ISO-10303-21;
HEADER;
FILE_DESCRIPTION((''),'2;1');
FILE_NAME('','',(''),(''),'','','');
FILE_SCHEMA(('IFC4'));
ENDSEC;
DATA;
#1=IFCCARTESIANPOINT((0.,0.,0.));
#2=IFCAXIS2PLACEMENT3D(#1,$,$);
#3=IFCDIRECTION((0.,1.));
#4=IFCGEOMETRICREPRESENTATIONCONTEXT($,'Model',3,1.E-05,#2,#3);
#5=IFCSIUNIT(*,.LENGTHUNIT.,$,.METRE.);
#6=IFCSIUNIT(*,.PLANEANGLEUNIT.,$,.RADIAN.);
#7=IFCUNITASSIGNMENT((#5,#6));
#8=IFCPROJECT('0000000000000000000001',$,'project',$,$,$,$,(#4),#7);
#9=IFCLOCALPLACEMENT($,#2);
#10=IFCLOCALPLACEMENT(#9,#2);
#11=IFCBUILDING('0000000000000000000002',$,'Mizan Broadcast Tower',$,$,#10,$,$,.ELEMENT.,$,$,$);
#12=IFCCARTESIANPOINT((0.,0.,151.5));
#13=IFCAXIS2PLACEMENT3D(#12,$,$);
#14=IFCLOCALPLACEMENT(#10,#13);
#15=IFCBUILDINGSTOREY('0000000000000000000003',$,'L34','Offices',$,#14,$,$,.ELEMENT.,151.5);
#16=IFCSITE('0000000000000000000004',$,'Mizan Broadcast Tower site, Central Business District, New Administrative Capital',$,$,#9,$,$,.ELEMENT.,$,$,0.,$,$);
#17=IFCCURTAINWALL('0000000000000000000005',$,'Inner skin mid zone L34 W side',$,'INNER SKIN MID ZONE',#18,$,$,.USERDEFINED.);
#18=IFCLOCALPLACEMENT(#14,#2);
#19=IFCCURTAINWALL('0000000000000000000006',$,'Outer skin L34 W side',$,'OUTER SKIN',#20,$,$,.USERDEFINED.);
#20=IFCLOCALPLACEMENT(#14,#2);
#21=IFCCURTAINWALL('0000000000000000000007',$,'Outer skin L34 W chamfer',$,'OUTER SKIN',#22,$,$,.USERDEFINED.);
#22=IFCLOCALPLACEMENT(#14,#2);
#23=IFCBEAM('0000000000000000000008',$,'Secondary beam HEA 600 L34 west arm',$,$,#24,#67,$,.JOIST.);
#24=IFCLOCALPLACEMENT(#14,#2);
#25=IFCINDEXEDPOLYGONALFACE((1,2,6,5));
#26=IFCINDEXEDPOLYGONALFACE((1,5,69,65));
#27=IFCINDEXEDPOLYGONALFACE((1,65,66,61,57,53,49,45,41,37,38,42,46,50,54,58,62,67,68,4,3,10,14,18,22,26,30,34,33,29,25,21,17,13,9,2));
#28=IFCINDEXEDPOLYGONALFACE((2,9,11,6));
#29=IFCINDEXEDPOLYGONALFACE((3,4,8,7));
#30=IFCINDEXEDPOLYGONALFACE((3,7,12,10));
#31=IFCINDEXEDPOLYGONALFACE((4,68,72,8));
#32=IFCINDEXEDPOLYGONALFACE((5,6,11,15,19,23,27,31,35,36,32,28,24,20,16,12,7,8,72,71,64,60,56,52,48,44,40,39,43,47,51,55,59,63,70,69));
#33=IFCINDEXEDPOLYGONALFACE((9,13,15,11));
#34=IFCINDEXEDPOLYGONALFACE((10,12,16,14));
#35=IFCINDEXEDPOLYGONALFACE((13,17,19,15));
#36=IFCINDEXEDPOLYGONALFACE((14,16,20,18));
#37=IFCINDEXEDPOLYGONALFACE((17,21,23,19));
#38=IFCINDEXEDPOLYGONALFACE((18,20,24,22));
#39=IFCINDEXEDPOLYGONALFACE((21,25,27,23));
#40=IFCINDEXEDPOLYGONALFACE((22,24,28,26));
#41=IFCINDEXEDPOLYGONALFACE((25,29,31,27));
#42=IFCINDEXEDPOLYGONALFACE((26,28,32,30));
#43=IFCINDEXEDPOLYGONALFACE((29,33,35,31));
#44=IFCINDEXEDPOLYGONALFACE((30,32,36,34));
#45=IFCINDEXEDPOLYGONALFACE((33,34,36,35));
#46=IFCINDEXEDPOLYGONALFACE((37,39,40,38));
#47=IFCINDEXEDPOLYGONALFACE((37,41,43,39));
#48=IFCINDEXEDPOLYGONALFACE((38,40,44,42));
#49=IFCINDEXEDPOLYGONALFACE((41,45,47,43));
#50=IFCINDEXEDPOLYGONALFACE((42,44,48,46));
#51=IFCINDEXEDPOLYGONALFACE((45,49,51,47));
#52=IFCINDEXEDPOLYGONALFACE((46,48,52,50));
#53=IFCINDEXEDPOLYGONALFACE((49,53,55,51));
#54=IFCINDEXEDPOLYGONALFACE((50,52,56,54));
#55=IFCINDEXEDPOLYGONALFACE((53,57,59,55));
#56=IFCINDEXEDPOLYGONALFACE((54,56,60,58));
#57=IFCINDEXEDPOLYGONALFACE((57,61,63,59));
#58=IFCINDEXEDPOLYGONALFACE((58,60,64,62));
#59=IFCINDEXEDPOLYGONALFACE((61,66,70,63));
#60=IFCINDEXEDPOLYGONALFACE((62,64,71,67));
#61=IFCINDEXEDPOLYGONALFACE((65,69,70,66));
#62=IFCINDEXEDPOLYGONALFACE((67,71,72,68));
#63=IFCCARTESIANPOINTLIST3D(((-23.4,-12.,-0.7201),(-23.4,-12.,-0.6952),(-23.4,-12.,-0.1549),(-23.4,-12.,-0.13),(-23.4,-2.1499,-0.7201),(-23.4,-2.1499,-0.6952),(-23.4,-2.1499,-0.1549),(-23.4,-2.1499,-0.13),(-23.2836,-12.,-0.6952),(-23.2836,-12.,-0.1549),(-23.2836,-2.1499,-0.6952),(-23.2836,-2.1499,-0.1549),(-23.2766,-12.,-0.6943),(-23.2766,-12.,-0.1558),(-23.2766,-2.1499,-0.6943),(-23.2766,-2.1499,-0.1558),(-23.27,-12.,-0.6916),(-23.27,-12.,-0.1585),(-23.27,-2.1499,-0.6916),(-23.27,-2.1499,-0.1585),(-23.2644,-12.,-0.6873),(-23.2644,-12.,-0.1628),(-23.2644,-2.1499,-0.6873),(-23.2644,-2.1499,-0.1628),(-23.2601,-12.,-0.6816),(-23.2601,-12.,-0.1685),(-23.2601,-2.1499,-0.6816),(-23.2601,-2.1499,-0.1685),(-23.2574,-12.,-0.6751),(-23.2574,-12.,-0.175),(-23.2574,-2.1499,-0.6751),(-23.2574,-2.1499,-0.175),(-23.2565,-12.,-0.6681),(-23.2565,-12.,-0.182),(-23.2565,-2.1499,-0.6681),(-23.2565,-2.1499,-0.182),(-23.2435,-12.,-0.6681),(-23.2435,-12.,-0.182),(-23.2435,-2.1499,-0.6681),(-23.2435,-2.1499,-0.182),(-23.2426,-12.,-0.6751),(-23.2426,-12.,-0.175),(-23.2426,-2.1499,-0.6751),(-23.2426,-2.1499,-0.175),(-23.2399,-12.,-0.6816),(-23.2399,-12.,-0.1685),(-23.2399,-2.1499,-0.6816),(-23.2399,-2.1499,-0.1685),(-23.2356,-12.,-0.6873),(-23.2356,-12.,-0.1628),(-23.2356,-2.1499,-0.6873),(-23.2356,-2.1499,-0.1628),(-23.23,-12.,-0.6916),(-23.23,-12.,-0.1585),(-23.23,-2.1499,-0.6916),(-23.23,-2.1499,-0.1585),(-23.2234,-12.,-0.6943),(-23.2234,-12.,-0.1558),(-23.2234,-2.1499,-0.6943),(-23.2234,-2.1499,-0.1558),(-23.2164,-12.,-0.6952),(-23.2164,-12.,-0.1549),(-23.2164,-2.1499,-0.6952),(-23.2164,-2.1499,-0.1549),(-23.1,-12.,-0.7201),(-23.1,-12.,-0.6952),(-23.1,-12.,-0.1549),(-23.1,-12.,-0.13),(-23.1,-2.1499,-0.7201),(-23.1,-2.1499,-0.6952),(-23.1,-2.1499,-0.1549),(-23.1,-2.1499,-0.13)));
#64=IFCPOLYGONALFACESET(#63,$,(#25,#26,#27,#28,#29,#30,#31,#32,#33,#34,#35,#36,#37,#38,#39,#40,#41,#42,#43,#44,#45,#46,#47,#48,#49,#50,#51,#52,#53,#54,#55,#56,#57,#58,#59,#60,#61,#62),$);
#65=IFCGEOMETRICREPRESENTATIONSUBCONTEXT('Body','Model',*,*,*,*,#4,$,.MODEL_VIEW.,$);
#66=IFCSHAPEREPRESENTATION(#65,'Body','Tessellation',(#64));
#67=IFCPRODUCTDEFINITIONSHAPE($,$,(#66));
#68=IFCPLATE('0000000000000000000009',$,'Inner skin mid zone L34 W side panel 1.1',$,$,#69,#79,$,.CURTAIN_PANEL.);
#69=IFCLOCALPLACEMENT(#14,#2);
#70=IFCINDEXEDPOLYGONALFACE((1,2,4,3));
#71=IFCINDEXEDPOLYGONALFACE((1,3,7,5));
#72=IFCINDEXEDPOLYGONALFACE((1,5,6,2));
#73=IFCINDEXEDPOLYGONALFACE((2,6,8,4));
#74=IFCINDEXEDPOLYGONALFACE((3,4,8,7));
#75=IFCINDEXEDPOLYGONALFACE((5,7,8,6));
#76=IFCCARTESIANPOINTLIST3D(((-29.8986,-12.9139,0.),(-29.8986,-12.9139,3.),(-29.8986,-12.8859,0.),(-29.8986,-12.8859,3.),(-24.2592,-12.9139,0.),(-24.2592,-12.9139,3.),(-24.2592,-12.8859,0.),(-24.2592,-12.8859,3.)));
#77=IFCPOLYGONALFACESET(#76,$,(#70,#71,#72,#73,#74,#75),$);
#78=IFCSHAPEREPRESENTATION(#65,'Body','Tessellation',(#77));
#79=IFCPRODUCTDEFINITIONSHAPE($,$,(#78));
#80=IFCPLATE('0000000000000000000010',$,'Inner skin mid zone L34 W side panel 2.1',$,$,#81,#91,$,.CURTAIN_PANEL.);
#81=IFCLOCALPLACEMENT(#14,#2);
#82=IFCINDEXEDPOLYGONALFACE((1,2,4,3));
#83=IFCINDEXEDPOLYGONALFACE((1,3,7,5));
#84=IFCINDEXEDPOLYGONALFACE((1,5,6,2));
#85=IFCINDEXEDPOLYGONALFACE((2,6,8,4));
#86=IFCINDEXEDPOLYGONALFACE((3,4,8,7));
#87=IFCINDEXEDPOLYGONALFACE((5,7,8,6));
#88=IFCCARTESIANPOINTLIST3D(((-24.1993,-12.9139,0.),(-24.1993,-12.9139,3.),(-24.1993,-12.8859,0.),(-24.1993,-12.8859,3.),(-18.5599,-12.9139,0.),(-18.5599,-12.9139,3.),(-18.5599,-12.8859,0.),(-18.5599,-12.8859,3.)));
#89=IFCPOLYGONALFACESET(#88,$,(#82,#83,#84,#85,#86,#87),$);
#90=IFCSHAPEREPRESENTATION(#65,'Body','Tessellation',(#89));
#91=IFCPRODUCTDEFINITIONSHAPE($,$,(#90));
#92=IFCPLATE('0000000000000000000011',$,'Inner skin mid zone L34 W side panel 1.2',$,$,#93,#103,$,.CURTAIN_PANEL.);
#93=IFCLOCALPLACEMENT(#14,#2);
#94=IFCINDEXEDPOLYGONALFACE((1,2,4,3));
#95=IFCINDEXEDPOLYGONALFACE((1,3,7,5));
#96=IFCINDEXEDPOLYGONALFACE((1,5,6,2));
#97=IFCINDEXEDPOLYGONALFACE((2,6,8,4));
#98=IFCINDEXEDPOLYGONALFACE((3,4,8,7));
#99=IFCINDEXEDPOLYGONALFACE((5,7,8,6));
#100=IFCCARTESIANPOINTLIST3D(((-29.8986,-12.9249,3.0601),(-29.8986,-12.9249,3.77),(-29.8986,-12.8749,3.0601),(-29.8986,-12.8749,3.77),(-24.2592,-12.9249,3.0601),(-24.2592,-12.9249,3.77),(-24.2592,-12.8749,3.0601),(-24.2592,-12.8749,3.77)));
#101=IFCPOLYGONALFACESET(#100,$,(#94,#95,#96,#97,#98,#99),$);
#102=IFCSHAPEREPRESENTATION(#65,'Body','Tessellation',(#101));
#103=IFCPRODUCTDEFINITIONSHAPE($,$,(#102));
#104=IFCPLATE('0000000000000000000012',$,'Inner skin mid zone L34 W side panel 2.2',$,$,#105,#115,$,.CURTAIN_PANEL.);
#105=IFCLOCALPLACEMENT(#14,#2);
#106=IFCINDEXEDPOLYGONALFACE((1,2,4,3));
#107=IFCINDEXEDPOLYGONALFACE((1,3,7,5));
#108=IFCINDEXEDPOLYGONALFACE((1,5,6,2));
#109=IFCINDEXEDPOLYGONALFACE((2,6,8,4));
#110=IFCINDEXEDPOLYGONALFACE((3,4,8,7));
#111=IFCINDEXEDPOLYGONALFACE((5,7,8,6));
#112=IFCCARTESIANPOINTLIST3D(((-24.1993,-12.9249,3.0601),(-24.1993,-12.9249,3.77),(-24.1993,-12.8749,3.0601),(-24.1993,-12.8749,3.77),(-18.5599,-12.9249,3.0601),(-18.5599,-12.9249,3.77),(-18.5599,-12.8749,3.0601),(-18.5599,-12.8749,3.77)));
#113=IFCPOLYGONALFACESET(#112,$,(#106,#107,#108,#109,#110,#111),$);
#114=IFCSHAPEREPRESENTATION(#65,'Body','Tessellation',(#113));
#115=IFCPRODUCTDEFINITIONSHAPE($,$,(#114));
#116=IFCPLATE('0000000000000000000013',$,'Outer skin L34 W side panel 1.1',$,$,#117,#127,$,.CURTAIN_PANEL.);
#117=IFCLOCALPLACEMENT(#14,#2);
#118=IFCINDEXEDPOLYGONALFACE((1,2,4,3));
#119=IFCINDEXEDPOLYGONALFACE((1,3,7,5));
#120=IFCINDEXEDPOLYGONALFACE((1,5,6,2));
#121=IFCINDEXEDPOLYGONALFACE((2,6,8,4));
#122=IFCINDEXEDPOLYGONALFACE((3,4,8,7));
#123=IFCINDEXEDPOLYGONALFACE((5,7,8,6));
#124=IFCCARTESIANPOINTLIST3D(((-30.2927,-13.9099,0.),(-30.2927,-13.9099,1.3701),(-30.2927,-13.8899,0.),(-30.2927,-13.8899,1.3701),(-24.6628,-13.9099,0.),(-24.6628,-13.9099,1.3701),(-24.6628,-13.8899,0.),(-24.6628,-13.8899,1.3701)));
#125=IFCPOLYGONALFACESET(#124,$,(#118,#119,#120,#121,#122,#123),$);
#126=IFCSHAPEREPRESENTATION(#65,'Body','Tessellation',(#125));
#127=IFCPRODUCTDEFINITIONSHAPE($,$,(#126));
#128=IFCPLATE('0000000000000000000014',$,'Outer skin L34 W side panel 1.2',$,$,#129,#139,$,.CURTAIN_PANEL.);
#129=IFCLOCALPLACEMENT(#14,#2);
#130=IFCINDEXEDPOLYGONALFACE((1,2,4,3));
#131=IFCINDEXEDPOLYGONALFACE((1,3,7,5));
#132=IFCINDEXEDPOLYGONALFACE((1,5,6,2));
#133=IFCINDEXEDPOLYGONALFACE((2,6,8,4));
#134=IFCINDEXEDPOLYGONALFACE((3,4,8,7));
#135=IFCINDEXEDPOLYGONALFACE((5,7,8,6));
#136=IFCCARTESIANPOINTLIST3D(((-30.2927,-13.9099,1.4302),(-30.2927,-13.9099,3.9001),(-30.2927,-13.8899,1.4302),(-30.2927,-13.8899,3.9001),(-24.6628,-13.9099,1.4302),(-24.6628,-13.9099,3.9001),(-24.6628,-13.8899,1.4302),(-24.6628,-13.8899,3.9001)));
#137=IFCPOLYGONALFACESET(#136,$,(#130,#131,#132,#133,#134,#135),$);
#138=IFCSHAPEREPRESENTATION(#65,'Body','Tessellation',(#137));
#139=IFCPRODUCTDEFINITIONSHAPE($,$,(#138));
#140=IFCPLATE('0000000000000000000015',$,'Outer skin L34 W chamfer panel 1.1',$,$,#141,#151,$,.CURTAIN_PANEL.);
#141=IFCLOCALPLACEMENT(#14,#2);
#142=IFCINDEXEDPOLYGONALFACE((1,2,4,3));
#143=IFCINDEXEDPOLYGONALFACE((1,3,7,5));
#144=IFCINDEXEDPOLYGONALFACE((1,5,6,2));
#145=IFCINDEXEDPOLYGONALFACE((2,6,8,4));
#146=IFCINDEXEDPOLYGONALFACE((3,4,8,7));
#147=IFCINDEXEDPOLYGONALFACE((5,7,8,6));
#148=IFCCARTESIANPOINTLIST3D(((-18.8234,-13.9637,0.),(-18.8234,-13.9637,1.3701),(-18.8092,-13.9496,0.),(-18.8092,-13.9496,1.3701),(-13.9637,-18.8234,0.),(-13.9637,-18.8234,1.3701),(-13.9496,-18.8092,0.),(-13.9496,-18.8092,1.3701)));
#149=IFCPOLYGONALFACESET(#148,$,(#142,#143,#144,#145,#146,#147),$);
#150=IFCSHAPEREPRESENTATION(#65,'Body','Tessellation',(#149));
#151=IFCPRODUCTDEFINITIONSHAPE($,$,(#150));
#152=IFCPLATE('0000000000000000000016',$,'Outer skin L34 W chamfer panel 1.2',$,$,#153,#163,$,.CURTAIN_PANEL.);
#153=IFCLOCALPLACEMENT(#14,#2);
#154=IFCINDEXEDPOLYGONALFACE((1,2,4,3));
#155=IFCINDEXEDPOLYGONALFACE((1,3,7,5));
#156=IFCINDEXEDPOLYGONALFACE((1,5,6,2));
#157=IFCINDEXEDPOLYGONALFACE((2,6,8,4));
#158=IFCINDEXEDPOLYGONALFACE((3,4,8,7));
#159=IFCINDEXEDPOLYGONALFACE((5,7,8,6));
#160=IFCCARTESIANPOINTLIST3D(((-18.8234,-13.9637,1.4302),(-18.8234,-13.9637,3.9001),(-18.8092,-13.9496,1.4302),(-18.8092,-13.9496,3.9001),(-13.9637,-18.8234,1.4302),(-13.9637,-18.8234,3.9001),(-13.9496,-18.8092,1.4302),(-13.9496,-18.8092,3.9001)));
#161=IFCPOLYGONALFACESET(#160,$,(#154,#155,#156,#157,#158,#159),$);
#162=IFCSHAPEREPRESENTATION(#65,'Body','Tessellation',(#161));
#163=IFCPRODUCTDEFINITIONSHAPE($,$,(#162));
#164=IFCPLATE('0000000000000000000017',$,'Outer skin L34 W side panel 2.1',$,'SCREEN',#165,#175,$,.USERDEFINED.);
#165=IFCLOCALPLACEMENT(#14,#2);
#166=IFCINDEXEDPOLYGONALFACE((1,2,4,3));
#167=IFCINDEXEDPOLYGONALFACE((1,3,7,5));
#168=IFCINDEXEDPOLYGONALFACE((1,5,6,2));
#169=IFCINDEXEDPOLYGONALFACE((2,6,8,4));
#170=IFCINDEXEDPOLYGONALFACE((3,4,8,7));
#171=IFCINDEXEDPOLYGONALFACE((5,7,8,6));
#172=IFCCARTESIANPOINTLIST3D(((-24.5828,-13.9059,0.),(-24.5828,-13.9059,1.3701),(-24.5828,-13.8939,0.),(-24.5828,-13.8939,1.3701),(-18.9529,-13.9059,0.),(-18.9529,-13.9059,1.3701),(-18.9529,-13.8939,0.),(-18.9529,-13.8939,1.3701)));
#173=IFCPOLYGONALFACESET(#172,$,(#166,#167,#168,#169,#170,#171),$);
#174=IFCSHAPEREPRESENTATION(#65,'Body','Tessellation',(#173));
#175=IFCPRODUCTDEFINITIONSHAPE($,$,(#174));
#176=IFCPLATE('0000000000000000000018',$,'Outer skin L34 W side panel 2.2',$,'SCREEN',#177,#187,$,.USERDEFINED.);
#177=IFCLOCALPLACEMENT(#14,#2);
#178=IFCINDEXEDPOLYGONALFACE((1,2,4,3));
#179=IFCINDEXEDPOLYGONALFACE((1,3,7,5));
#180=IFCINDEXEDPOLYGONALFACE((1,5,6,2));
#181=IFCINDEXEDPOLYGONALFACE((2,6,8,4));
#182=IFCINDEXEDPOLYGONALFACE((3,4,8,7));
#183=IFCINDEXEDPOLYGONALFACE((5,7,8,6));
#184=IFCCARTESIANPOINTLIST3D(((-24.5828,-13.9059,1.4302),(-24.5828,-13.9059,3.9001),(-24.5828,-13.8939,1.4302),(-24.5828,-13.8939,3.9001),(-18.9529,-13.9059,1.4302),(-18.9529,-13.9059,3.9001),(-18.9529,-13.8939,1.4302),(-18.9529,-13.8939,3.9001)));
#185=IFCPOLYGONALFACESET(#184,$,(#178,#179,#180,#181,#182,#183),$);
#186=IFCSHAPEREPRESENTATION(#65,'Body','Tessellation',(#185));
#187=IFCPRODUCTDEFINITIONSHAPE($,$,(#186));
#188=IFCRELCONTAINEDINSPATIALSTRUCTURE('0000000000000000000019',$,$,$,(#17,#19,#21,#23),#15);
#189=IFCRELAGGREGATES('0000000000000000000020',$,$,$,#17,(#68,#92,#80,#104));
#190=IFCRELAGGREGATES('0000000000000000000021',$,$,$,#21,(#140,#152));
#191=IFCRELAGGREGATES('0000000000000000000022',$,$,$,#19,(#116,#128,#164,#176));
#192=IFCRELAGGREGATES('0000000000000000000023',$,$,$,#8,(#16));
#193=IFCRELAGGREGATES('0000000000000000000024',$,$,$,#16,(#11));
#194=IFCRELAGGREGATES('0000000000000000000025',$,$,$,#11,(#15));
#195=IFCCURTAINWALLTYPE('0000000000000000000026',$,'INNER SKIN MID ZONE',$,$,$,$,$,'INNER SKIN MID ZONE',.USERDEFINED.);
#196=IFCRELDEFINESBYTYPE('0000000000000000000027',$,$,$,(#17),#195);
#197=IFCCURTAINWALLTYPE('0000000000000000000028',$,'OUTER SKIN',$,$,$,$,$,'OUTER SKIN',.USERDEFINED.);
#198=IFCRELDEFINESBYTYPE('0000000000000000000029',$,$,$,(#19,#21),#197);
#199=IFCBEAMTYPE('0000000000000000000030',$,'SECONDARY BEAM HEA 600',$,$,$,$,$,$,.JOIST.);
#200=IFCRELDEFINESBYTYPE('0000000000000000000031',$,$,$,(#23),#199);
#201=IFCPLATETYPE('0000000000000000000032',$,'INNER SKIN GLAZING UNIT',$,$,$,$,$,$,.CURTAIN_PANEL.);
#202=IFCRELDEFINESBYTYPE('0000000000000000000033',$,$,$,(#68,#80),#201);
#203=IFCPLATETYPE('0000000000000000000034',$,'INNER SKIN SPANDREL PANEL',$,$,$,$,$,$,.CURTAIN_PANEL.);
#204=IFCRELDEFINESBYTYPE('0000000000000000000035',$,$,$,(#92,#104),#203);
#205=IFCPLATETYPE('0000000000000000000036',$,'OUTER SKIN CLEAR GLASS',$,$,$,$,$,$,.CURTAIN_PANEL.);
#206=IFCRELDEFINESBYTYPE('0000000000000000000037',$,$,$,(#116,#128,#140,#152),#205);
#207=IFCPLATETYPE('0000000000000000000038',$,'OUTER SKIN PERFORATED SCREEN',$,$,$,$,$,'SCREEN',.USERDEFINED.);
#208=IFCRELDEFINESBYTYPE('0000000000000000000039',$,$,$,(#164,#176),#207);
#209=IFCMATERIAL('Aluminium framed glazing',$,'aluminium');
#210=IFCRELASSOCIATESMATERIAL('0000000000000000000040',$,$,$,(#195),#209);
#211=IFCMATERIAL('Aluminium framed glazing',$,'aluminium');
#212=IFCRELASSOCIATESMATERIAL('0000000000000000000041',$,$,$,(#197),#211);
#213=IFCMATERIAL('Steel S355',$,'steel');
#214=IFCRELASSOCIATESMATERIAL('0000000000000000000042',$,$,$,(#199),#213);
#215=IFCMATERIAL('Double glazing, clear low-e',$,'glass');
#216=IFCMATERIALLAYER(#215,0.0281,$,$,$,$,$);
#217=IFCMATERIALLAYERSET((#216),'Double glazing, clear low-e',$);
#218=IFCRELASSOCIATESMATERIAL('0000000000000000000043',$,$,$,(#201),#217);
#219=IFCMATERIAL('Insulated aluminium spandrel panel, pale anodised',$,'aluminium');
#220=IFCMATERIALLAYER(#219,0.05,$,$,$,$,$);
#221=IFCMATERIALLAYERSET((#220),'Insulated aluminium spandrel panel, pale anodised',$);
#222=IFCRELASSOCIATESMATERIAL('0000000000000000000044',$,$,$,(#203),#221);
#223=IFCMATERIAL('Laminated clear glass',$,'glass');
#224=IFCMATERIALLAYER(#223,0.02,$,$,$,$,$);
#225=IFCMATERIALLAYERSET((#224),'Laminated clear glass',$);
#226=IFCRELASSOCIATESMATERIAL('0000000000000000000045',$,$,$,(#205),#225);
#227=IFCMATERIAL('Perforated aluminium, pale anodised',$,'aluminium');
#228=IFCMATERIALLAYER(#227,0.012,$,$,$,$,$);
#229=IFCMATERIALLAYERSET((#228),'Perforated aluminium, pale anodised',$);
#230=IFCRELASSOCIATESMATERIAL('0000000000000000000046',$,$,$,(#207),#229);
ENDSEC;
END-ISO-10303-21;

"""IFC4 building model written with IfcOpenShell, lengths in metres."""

from ifc_helpers import new_model, si_unit, direction, frame, origin, origin_2d, place, context, subcontext, project, spatial, rectangle, i_section, extrude, material, layer, layer_set, material_profile, profile_set, type_object, element, aggregate, save


model = new_model("IFC4")

# Units and contexts
model_context = context("Model", 3, precision=1e-05, world=origin(), true_north=direction((0.0, 1.0)))
body_context = subcontext(model_context, "Body", "Model", "MODEL_VIEW")
ifc_project = project(units=[si_unit("LENGTHUNIT", "METRE"), si_unit("PLANEANGLEUNIT", "RADIAN")], contexts=[model_context])

# Site, building, storey
site_placement = place(None, origin())
site = spatial("IfcSite", under=ifc_project, at=site_placement, Name="Mizan Broadcast Tower site, Central Business District, New Administrative Capital", CompositionType="ELEMENT", RefElevation=0.0)
building_placement = place(site_placement, origin())
building = spatial("IfcBuilding", under=site, at=building_placement, Name="Mizan Broadcast Tower", CompositionType="ELEMENT")
storey_placement = place(building_placement, frame((0.0, 0.0, 151.5)))
storey = spatial("IfcBuildingStorey", under=building, at=storey_placement, Name="L34", Description="Offices", CompositionType="ELEMENT", Elevation=151.5)

# Curtain walls
ifc_material_1 = material(Name="Aluminium framed glazing", Category="aluminium")
curtain_wall_type_1 = type_object("IfcCurtainWallType", Name="INNER SKIN MID ZONE", ElementType="INNER SKIN MID ZONE", PredefinedType="USERDEFINED", material=ifc_material_1)
curtain_wall_1_placement = place(storey_placement, origin())
curtain_wall_1 = element("IfcCurtainWall", 1, at=curtain_wall_1_placement, inside=storey, type_object=curtain_wall_type_1, Name="Inner skin mid zone L34 W side", ObjectType="INNER SKIN MID ZONE", PredefinedType="USERDEFINED")
ifc_material_2 = material(Name="Aluminium framed glazing", Category="aluminium")
curtain_wall_type_2 = type_object("IfcCurtainWallType", Name="OUTER SKIN", ElementType="OUTER SKIN", PredefinedType="USERDEFINED", material=ifc_material_2)
curtain_wall_2_placement = place(storey_placement, origin())
curtain_wall_2 = element("IfcCurtainWall", 2, at=curtain_wall_2_placement, inside=storey, type_object=curtain_wall_type_2, Name="Outer skin L34 W side", ObjectType="OUTER SKIN", PredefinedType="USERDEFINED")

# Curtain wall
curtain_wall_3_placement = place(storey_placement, origin())
curtain_wall_3 = element("IfcCurtainWall", 3, at=curtain_wall_3_placement, inside=storey, type_object=curtain_wall_type_2, Name="Outer skin L34 W chamfer", ObjectType="OUTER SKIN", PredefinedType="USERDEFINED")

# Beam
ifc_material_3 = material(Name="Steel S355", Category="steel")
ifc_material_profile_1 = material_profile(ifc_material_3, i_section(OverallWidth=0.3, OverallDepth=0.5901, WebThickness=0.0129, FlangeThickness=0.0249, FilletRadius=0.0271, at=origin_2d()), Name="HEA 600")
ifc_profile_set_1 = profile_set([ifc_material_profile_1], Name="Steel S355")
beam_type_1 = type_object("IfcBeamType", Name="SECONDARY BEAM HEA 600", PredefinedType="JOIST", material=ifc_profile_set_1)
for number, where, z_axis, x_axis, name in (
    (4, (-23.25, -12.0, -0.425), (0.0, 1.0, 0.0), (-1.0, 0.0, 0.0), "Secondary beam HEA 600 L34 west arm"),
):
    element("IfcBeam", number, at=place(storey_placement, frame(where, z_axis=z_axis, x_axis=x_axis)), inside=storey, type_object=beam_type_1, Name=name, PredefinedType="JOIST", context=body_context, shape_type="SweptSolid", body=[
        extrude(i_section(OverallWidth=0.3, OverallDepth=0.5901, WebThickness=0.0129, FlangeThickness=0.0249, FilletRadius=0.0271, at=origin_2d()), origin(), (0.0, 0.0, 1.0), 9.8501),
    ])

# Plates
ifc_material_4 = material(Name="Double glazing, clear low-e", Category="glass")
ifc_layer_1 = layer(ifc_material_4, 0.0281)
ifc_layer_set_1 = layer_set([ifc_layer_1], Name="Double glazing, clear low-e")
plate_type_1 = type_object("IfcPlateType", Name="INNER SKIN GLAZING UNIT", PredefinedType="CURTAIN_PANEL", material=ifc_layer_set_1)
plate_1_placement = place(storey_placement, frame((-27.0789, -12.8999, 0.0), z_axis=(0.0, 0.0, 1.0), x_axis=(1.0, 0.0, 0.0)))
plate_1 = element("IfcPlate", 5, at=plate_1_placement, type_object=plate_type_1, Name="Inner skin mid zone L34 W side panel 1.1", PredefinedType="CURTAIN_PANEL", context=body_context, shape_type="SweptSolid", body=[
    extrude(rectangle(XDim=5.6394, YDim=0.0281, at=origin_2d()), origin(), (0.0, 0.0, 1.0), 3.0),
])
plate_2_placement = place(storey_placement, frame((-21.3796, -12.8999, 0.0), z_axis=(0.0, 0.0, 1.0), x_axis=(1.0, 0.0, 0.0)))
plate_2 = element("IfcPlate", 6, at=plate_2_placement, type_object=plate_type_1, Name="Inner skin mid zone L34 W side panel 2.1", PredefinedType="CURTAIN_PANEL", context=body_context, shape_type="SweptSolid", body=[
    extrude(rectangle(XDim=5.6394, YDim=0.0281, at=origin_2d()), origin(), (0.0, 0.0, 1.0), 3.0),
])
ifc_material_5 = material(Name="Insulated aluminium spandrel panel, pale anodised", Category="aluminium")
ifc_layer_2 = layer(ifc_material_5, 0.05)
ifc_layer_set_2 = layer_set([ifc_layer_2], Name="Insulated aluminium spandrel panel, pale anodised")
plate_type_2 = type_object("IfcPlateType", Name="INNER SKIN SPANDREL PANEL", PredefinedType="CURTAIN_PANEL", material=ifc_layer_set_2)
plate_3_placement = place(storey_placement, frame((-27.0789, -12.8999, 3.0601), z_axis=(0.0, 0.0, 1.0), x_axis=(1.0, 0.0, 0.0)))
plate_3 = element("IfcPlate", 7, at=plate_3_placement, type_object=plate_type_2, Name="Inner skin mid zone L34 W side panel 1.2", PredefinedType="CURTAIN_PANEL", context=body_context, shape_type="SweptSolid", body=[
    extrude(rectangle(XDim=5.6394, YDim=0.05, at=origin_2d()), origin(), (0.0, 0.0, 1.0), 0.71),
])
plate_4_placement = place(storey_placement, frame((-21.3796, -12.8999, 3.0601), z_axis=(0.0, 0.0, 1.0), x_axis=(1.0, 0.0, 0.0)))
plate_4 = element("IfcPlate", 8, at=plate_4_placement, type_object=plate_type_2, Name="Inner skin mid zone L34 W side panel 2.2", PredefinedType="CURTAIN_PANEL", context=body_context, shape_type="SweptSolid", body=[
    extrude(rectangle(XDim=5.6394, YDim=0.05, at=origin_2d()), origin(), (0.0, 0.0, 1.0), 0.71),
])
aggregate(curtain_wall_1, [plate_1, plate_3, plate_2, plate_4])
ifc_material_6 = material(Name="Laminated clear glass", Category="glass")
ifc_layer_3 = layer(ifc_material_6, 0.02)
ifc_layer_set_3 = layer_set([ifc_layer_3], Name="Laminated clear glass")
plate_type_3 = type_object("IfcPlateType", Name="OUTER SKIN CLEAR GLASS", PredefinedType="CURTAIN_PANEL", material=ifc_layer_set_3)
plate_5_placement = place(storey_placement, frame((-27.4778, -13.8999, 0.0), z_axis=(0.0, 0.0, 1.0), x_axis=(1.0, 0.0, 0.0)))
plate_5 = element("IfcPlate", 9, at=plate_5_placement, type_object=plate_type_3, Name="Outer skin L34 W side panel 1.1", PredefinedType="CURTAIN_PANEL", context=body_context, shape_type="SweptSolid", body=[
    extrude(rectangle(XDim=5.6299, YDim=0.02, at=origin_2d()), origin(), (0.0, 0.0, 1.0), 1.3701),
])
plate_6_placement = place(storey_placement, frame((-27.4778, -13.8999, 1.4302), z_axis=(0.0, 0.0, 1.0), x_axis=(1.0, 0.0, 0.0)))
plate_6 = element("IfcPlate", 10, at=plate_6_placement, type_object=plate_type_3, Name="Outer skin L34 W side panel 1.2", PredefinedType="CURTAIN_PANEL", context=body_context, shape_type="SweptSolid", body=[
    extrude(rectangle(XDim=5.6299, YDim=0.02, at=origin_2d()), origin(), (0.0, 0.0, 1.0), 2.47),
])
plate_7_placement = place(storey_placement, frame((-16.3865, -16.3865, 0.0), z_axis=(0.0, 0.0, 1.0), x_axis=(0.707107, -0.707107, 0.0)))
plate_7 = element("IfcPlate", 11, at=plate_7_placement, type_object=plate_type_3, Name="Outer skin L34 W chamfer panel 1.1", PredefinedType="CURTAIN_PANEL", context=body_context, shape_type="SweptSolid", body=[
    extrude(rectangle(XDim=6.8726, YDim=0.02, at=origin_2d()), origin(), (0.0, 0.0, 1.0), 1.3701),
])
plate_8_placement = place(storey_placement, frame((-16.3865, -16.3865, 1.4302), z_axis=(0.0, 0.0, 1.0), x_axis=(0.707107, -0.707107, 0.0)))
plate_8 = element("IfcPlate", 12, at=plate_8_placement, type_object=plate_type_3, Name="Outer skin L34 W chamfer panel 1.2", PredefinedType="CURTAIN_PANEL", context=body_context, shape_type="SweptSolid", body=[
    extrude(rectangle(XDim=6.8726, YDim=0.02, at=origin_2d()), origin(), (0.0, 0.0, 1.0), 2.47),
])
aggregate(curtain_wall_3, [plate_7, plate_8])
ifc_material_7 = material(Name="Perforated aluminium, pale anodised", Category="aluminium")
ifc_layer_4 = layer(ifc_material_7, 0.012)
ifc_layer_set_4 = layer_set([ifc_layer_4], Name="Perforated aluminium, pale anodised")
plate_type_4 = type_object("IfcPlateType", Name="OUTER SKIN PERFORATED SCREEN", ElementType="SCREEN", PredefinedType="USERDEFINED", material=ifc_layer_set_4)
plate_9_placement = place(storey_placement, frame((-21.7678, -13.8999, 0.0), z_axis=(0.0, 0.0, 1.0), x_axis=(1.0, 0.0, 0.0)))
plate_9 = element("IfcPlate", 13, at=plate_9_placement, type_object=plate_type_4, Name="Outer skin L34 W side panel 2.1", ObjectType="SCREEN", PredefinedType="USERDEFINED", context=body_context, shape_type="SweptSolid", body=[
    extrude(rectangle(XDim=5.6299, YDim=0.012, at=origin_2d()), origin(), (0.0, 0.0, 1.0), 1.3701),
])
plate_10_placement = place(storey_placement, frame((-21.7678, -13.8999, 1.4302), z_axis=(0.0, 0.0, 1.0), x_axis=(1.0, 0.0, 0.0)))
plate_10 = element("IfcPlate", 14, at=plate_10_placement, type_object=plate_type_4, Name="Outer skin L34 W side panel 2.2", ObjectType="SCREEN", PredefinedType="USERDEFINED", context=body_context, shape_type="SweptSolid", body=[
    extrude(rectangle(XDim=5.6299, YDim=0.012, at=origin_2d()), origin(), (0.0, 0.0, 1.0), 2.47),
])
aggregate(curtain_wall_2, [plate_5, plate_6, plate_9, plate_10])

save(model, "model.ifc")
